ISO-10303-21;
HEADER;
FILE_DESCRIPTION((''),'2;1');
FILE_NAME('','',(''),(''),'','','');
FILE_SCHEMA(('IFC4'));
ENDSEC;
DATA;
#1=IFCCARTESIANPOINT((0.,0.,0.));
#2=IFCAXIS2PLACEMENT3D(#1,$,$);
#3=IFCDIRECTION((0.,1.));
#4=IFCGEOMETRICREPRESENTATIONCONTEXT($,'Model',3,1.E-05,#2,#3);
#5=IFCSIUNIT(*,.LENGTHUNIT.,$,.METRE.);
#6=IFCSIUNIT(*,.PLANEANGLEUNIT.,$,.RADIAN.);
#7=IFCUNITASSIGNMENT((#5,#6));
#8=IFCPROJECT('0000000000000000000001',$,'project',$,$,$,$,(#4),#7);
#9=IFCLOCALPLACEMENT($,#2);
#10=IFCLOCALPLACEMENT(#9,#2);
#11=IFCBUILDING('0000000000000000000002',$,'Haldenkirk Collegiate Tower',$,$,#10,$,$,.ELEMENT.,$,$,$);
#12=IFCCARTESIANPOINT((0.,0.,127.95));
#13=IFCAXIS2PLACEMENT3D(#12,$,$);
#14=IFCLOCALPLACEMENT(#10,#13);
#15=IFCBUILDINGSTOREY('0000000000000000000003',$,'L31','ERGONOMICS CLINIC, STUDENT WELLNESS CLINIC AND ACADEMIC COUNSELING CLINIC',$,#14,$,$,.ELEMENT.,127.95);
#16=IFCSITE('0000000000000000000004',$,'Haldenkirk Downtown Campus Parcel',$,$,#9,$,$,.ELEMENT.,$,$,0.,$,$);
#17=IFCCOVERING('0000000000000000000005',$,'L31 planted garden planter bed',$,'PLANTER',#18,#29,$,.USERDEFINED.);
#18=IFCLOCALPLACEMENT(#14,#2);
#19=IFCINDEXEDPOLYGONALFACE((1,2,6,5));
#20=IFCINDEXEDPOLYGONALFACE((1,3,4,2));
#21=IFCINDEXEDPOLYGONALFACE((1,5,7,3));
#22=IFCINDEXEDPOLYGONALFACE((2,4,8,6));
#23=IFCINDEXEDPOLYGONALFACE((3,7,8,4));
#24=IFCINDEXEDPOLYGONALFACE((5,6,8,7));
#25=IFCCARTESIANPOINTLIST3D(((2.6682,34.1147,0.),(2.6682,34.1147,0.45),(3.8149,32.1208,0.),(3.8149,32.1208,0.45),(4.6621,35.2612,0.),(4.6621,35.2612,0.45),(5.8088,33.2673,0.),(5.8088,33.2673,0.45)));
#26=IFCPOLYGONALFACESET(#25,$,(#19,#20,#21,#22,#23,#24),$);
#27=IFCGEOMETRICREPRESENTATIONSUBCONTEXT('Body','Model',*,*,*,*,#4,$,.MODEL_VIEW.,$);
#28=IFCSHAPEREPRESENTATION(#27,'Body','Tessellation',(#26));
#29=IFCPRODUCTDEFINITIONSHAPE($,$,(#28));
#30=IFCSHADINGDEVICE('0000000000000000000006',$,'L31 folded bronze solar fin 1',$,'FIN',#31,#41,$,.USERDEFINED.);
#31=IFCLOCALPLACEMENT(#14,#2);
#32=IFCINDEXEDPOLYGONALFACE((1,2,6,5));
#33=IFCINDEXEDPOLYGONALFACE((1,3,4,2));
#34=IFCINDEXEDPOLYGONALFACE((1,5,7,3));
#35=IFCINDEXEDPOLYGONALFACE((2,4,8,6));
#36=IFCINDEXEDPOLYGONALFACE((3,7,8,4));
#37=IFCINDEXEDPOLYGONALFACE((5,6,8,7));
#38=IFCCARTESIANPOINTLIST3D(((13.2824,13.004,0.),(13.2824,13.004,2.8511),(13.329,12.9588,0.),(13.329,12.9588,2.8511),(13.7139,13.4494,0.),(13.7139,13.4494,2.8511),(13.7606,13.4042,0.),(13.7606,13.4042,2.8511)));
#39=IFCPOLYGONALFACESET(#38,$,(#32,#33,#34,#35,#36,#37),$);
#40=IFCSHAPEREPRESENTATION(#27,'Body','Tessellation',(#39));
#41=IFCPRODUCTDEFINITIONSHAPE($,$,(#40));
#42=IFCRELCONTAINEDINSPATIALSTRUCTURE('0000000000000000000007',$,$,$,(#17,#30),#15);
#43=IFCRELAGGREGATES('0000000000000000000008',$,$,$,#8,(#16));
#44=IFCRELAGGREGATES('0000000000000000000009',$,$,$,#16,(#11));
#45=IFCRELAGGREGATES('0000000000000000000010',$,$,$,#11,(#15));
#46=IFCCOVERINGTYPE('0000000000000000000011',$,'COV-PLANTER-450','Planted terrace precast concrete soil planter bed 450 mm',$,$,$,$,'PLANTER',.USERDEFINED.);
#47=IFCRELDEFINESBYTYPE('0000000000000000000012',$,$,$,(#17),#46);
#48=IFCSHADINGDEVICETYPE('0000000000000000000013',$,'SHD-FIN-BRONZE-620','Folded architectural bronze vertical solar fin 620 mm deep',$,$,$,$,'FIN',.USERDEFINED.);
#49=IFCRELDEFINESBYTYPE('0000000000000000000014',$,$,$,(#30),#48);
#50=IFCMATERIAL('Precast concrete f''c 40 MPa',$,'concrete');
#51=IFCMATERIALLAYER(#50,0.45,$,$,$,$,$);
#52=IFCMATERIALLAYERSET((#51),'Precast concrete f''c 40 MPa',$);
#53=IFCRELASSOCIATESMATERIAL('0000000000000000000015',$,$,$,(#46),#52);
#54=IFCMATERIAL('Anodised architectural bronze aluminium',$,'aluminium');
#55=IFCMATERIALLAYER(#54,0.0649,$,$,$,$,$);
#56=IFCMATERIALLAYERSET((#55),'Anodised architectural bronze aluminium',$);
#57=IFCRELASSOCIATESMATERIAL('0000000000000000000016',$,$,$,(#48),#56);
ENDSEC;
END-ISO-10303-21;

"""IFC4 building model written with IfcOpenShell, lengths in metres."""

from ifc_helpers import new_model, si_unit, direction, frame, origin, origin_2d, place, context, subcontext, project, spatial, polyline, rectangle, outline, extrude, source, transform, mapped, material, layer, layer_set, type_object, element, save


model = new_model("IFC4")

# Units and contexts
model_context = context("Model", 3, precision=1e-05, world=origin(), true_north=direction((0.0, 1.0)))
body_context = subcontext(model_context, "Body", "Model", "MODEL_VIEW")
ifc_project = project(units=[si_unit("LENGTHUNIT", "METRE"), si_unit("PLANEANGLEUNIT", "RADIAN")], contexts=[model_context])

# Site, building, storey
site_placement = place(None, origin())
site = spatial("IfcSite", under=ifc_project, at=site_placement, Name="Haldenkirk Downtown Campus Parcel", CompositionType="ELEMENT", RefElevation=0.0)
building_placement = place(site_placement, origin())
building = spatial("IfcBuilding", under=site, at=building_placement, Name="Haldenkirk Collegiate Tower", CompositionType="ELEMENT")
storey_placement = place(building_placement, frame((0.0, 0.0, 127.95)))
storey = spatial("IfcBuildingStorey", under=building, at=storey_placement, Name="L31", Description="ERGONOMICS CLINIC, STUDENT WELLNESS CLINIC AND ACADEMIC COUNSELING CLINIC", CompositionType="ELEMENT", Elevation=127.95)

# Shared definitions
ifc_material_1 = material(Name="Anodised architectural bronze aluminium", Category="aluminium")

# Covering
ifc_material_2 = material(Name="Precast concrete f'c 40 MPa", Category="concrete")
ifc_layer_1 = layer(ifc_material_2, 0.45)
ifc_layer_set_1 = layer_set([ifc_layer_1], Name="Precast concrete f'c 40 MPa")
covering_type_1 = type_object("IfcCoveringType", Name="COV-PLANTER-450", Description="Planted terrace precast concrete soil planter bed 450 mm", ElementType="PLANTER", PredefinedType="USERDEFINED", material=ifc_layer_set_1)
covering_1_placement = place(storey_placement, origin())
element("IfcCovering", 1, at=covering_1_placement, inside=storey, type_object=covering_type_1, Name="L31 planted garden planter bed", ObjectType="PLANTER", PredefinedType="USERDEFINED", context=body_context, shape_type="SweptSolid", body=[
    extrude(outline(polyline([(3.8149, 32.1208), (2.6682, 34.1147), (4.6621, 35.2612), (5.8088, 33.2673), (3.8149, 32.1208)])), origin(), (0.0, 0.0, 1.0), 0.45),
])

# Shading device
ifc_layer_2 = layer(ifc_material_1, 0.0649)
ifc_layer_set_2 = layer_set([ifc_layer_2], Name="Anodised architectural bronze aluminium")
shading_device_type = type_object("IfcShadingDeviceType", Name="SHD-FIN-BRONZE-620", Description="Folded architectural bronze vertical solar fin 620 mm deep", ElementType="FIN", PredefinedType="USERDEFINED", material=ifc_layer_set_2)
shared_shape_1 = source(origin(), body_context, "Body", "SweptSolid", [
    extrude(rectangle(XDim=0.6201, YDim=0.0649, at=origin_2d()), origin(), (0.0, 0.0, 1.0), 2.8511),
])
shading_device_placement = place(storey_placement, frame((13.5215, 13.2041, 0.0), z_axis=(0.0, 0.0, 1.0), x_axis=(-0.695913, -0.718126, 0.0)))
element("IfcShadingDevice", 2, at=shading_device_placement, inside=storey, type_object=shading_device_type, Name="L31 folded bronze solar fin 1", ObjectType="FIN", PredefinedType="USERDEFINED", context=body_context, shape_type="MappedRepresentation", body=[
    mapped(shared_shape_1, transform((0.0, 0.0, 0.0), x_axis=(1.0, 0.0, 0.0), y_axis=(0.0, 1.0, 0.0), z_axis=(0.0, 0.0, 1.0), scale=1.0)),
])

save(model, "model.ifc")
